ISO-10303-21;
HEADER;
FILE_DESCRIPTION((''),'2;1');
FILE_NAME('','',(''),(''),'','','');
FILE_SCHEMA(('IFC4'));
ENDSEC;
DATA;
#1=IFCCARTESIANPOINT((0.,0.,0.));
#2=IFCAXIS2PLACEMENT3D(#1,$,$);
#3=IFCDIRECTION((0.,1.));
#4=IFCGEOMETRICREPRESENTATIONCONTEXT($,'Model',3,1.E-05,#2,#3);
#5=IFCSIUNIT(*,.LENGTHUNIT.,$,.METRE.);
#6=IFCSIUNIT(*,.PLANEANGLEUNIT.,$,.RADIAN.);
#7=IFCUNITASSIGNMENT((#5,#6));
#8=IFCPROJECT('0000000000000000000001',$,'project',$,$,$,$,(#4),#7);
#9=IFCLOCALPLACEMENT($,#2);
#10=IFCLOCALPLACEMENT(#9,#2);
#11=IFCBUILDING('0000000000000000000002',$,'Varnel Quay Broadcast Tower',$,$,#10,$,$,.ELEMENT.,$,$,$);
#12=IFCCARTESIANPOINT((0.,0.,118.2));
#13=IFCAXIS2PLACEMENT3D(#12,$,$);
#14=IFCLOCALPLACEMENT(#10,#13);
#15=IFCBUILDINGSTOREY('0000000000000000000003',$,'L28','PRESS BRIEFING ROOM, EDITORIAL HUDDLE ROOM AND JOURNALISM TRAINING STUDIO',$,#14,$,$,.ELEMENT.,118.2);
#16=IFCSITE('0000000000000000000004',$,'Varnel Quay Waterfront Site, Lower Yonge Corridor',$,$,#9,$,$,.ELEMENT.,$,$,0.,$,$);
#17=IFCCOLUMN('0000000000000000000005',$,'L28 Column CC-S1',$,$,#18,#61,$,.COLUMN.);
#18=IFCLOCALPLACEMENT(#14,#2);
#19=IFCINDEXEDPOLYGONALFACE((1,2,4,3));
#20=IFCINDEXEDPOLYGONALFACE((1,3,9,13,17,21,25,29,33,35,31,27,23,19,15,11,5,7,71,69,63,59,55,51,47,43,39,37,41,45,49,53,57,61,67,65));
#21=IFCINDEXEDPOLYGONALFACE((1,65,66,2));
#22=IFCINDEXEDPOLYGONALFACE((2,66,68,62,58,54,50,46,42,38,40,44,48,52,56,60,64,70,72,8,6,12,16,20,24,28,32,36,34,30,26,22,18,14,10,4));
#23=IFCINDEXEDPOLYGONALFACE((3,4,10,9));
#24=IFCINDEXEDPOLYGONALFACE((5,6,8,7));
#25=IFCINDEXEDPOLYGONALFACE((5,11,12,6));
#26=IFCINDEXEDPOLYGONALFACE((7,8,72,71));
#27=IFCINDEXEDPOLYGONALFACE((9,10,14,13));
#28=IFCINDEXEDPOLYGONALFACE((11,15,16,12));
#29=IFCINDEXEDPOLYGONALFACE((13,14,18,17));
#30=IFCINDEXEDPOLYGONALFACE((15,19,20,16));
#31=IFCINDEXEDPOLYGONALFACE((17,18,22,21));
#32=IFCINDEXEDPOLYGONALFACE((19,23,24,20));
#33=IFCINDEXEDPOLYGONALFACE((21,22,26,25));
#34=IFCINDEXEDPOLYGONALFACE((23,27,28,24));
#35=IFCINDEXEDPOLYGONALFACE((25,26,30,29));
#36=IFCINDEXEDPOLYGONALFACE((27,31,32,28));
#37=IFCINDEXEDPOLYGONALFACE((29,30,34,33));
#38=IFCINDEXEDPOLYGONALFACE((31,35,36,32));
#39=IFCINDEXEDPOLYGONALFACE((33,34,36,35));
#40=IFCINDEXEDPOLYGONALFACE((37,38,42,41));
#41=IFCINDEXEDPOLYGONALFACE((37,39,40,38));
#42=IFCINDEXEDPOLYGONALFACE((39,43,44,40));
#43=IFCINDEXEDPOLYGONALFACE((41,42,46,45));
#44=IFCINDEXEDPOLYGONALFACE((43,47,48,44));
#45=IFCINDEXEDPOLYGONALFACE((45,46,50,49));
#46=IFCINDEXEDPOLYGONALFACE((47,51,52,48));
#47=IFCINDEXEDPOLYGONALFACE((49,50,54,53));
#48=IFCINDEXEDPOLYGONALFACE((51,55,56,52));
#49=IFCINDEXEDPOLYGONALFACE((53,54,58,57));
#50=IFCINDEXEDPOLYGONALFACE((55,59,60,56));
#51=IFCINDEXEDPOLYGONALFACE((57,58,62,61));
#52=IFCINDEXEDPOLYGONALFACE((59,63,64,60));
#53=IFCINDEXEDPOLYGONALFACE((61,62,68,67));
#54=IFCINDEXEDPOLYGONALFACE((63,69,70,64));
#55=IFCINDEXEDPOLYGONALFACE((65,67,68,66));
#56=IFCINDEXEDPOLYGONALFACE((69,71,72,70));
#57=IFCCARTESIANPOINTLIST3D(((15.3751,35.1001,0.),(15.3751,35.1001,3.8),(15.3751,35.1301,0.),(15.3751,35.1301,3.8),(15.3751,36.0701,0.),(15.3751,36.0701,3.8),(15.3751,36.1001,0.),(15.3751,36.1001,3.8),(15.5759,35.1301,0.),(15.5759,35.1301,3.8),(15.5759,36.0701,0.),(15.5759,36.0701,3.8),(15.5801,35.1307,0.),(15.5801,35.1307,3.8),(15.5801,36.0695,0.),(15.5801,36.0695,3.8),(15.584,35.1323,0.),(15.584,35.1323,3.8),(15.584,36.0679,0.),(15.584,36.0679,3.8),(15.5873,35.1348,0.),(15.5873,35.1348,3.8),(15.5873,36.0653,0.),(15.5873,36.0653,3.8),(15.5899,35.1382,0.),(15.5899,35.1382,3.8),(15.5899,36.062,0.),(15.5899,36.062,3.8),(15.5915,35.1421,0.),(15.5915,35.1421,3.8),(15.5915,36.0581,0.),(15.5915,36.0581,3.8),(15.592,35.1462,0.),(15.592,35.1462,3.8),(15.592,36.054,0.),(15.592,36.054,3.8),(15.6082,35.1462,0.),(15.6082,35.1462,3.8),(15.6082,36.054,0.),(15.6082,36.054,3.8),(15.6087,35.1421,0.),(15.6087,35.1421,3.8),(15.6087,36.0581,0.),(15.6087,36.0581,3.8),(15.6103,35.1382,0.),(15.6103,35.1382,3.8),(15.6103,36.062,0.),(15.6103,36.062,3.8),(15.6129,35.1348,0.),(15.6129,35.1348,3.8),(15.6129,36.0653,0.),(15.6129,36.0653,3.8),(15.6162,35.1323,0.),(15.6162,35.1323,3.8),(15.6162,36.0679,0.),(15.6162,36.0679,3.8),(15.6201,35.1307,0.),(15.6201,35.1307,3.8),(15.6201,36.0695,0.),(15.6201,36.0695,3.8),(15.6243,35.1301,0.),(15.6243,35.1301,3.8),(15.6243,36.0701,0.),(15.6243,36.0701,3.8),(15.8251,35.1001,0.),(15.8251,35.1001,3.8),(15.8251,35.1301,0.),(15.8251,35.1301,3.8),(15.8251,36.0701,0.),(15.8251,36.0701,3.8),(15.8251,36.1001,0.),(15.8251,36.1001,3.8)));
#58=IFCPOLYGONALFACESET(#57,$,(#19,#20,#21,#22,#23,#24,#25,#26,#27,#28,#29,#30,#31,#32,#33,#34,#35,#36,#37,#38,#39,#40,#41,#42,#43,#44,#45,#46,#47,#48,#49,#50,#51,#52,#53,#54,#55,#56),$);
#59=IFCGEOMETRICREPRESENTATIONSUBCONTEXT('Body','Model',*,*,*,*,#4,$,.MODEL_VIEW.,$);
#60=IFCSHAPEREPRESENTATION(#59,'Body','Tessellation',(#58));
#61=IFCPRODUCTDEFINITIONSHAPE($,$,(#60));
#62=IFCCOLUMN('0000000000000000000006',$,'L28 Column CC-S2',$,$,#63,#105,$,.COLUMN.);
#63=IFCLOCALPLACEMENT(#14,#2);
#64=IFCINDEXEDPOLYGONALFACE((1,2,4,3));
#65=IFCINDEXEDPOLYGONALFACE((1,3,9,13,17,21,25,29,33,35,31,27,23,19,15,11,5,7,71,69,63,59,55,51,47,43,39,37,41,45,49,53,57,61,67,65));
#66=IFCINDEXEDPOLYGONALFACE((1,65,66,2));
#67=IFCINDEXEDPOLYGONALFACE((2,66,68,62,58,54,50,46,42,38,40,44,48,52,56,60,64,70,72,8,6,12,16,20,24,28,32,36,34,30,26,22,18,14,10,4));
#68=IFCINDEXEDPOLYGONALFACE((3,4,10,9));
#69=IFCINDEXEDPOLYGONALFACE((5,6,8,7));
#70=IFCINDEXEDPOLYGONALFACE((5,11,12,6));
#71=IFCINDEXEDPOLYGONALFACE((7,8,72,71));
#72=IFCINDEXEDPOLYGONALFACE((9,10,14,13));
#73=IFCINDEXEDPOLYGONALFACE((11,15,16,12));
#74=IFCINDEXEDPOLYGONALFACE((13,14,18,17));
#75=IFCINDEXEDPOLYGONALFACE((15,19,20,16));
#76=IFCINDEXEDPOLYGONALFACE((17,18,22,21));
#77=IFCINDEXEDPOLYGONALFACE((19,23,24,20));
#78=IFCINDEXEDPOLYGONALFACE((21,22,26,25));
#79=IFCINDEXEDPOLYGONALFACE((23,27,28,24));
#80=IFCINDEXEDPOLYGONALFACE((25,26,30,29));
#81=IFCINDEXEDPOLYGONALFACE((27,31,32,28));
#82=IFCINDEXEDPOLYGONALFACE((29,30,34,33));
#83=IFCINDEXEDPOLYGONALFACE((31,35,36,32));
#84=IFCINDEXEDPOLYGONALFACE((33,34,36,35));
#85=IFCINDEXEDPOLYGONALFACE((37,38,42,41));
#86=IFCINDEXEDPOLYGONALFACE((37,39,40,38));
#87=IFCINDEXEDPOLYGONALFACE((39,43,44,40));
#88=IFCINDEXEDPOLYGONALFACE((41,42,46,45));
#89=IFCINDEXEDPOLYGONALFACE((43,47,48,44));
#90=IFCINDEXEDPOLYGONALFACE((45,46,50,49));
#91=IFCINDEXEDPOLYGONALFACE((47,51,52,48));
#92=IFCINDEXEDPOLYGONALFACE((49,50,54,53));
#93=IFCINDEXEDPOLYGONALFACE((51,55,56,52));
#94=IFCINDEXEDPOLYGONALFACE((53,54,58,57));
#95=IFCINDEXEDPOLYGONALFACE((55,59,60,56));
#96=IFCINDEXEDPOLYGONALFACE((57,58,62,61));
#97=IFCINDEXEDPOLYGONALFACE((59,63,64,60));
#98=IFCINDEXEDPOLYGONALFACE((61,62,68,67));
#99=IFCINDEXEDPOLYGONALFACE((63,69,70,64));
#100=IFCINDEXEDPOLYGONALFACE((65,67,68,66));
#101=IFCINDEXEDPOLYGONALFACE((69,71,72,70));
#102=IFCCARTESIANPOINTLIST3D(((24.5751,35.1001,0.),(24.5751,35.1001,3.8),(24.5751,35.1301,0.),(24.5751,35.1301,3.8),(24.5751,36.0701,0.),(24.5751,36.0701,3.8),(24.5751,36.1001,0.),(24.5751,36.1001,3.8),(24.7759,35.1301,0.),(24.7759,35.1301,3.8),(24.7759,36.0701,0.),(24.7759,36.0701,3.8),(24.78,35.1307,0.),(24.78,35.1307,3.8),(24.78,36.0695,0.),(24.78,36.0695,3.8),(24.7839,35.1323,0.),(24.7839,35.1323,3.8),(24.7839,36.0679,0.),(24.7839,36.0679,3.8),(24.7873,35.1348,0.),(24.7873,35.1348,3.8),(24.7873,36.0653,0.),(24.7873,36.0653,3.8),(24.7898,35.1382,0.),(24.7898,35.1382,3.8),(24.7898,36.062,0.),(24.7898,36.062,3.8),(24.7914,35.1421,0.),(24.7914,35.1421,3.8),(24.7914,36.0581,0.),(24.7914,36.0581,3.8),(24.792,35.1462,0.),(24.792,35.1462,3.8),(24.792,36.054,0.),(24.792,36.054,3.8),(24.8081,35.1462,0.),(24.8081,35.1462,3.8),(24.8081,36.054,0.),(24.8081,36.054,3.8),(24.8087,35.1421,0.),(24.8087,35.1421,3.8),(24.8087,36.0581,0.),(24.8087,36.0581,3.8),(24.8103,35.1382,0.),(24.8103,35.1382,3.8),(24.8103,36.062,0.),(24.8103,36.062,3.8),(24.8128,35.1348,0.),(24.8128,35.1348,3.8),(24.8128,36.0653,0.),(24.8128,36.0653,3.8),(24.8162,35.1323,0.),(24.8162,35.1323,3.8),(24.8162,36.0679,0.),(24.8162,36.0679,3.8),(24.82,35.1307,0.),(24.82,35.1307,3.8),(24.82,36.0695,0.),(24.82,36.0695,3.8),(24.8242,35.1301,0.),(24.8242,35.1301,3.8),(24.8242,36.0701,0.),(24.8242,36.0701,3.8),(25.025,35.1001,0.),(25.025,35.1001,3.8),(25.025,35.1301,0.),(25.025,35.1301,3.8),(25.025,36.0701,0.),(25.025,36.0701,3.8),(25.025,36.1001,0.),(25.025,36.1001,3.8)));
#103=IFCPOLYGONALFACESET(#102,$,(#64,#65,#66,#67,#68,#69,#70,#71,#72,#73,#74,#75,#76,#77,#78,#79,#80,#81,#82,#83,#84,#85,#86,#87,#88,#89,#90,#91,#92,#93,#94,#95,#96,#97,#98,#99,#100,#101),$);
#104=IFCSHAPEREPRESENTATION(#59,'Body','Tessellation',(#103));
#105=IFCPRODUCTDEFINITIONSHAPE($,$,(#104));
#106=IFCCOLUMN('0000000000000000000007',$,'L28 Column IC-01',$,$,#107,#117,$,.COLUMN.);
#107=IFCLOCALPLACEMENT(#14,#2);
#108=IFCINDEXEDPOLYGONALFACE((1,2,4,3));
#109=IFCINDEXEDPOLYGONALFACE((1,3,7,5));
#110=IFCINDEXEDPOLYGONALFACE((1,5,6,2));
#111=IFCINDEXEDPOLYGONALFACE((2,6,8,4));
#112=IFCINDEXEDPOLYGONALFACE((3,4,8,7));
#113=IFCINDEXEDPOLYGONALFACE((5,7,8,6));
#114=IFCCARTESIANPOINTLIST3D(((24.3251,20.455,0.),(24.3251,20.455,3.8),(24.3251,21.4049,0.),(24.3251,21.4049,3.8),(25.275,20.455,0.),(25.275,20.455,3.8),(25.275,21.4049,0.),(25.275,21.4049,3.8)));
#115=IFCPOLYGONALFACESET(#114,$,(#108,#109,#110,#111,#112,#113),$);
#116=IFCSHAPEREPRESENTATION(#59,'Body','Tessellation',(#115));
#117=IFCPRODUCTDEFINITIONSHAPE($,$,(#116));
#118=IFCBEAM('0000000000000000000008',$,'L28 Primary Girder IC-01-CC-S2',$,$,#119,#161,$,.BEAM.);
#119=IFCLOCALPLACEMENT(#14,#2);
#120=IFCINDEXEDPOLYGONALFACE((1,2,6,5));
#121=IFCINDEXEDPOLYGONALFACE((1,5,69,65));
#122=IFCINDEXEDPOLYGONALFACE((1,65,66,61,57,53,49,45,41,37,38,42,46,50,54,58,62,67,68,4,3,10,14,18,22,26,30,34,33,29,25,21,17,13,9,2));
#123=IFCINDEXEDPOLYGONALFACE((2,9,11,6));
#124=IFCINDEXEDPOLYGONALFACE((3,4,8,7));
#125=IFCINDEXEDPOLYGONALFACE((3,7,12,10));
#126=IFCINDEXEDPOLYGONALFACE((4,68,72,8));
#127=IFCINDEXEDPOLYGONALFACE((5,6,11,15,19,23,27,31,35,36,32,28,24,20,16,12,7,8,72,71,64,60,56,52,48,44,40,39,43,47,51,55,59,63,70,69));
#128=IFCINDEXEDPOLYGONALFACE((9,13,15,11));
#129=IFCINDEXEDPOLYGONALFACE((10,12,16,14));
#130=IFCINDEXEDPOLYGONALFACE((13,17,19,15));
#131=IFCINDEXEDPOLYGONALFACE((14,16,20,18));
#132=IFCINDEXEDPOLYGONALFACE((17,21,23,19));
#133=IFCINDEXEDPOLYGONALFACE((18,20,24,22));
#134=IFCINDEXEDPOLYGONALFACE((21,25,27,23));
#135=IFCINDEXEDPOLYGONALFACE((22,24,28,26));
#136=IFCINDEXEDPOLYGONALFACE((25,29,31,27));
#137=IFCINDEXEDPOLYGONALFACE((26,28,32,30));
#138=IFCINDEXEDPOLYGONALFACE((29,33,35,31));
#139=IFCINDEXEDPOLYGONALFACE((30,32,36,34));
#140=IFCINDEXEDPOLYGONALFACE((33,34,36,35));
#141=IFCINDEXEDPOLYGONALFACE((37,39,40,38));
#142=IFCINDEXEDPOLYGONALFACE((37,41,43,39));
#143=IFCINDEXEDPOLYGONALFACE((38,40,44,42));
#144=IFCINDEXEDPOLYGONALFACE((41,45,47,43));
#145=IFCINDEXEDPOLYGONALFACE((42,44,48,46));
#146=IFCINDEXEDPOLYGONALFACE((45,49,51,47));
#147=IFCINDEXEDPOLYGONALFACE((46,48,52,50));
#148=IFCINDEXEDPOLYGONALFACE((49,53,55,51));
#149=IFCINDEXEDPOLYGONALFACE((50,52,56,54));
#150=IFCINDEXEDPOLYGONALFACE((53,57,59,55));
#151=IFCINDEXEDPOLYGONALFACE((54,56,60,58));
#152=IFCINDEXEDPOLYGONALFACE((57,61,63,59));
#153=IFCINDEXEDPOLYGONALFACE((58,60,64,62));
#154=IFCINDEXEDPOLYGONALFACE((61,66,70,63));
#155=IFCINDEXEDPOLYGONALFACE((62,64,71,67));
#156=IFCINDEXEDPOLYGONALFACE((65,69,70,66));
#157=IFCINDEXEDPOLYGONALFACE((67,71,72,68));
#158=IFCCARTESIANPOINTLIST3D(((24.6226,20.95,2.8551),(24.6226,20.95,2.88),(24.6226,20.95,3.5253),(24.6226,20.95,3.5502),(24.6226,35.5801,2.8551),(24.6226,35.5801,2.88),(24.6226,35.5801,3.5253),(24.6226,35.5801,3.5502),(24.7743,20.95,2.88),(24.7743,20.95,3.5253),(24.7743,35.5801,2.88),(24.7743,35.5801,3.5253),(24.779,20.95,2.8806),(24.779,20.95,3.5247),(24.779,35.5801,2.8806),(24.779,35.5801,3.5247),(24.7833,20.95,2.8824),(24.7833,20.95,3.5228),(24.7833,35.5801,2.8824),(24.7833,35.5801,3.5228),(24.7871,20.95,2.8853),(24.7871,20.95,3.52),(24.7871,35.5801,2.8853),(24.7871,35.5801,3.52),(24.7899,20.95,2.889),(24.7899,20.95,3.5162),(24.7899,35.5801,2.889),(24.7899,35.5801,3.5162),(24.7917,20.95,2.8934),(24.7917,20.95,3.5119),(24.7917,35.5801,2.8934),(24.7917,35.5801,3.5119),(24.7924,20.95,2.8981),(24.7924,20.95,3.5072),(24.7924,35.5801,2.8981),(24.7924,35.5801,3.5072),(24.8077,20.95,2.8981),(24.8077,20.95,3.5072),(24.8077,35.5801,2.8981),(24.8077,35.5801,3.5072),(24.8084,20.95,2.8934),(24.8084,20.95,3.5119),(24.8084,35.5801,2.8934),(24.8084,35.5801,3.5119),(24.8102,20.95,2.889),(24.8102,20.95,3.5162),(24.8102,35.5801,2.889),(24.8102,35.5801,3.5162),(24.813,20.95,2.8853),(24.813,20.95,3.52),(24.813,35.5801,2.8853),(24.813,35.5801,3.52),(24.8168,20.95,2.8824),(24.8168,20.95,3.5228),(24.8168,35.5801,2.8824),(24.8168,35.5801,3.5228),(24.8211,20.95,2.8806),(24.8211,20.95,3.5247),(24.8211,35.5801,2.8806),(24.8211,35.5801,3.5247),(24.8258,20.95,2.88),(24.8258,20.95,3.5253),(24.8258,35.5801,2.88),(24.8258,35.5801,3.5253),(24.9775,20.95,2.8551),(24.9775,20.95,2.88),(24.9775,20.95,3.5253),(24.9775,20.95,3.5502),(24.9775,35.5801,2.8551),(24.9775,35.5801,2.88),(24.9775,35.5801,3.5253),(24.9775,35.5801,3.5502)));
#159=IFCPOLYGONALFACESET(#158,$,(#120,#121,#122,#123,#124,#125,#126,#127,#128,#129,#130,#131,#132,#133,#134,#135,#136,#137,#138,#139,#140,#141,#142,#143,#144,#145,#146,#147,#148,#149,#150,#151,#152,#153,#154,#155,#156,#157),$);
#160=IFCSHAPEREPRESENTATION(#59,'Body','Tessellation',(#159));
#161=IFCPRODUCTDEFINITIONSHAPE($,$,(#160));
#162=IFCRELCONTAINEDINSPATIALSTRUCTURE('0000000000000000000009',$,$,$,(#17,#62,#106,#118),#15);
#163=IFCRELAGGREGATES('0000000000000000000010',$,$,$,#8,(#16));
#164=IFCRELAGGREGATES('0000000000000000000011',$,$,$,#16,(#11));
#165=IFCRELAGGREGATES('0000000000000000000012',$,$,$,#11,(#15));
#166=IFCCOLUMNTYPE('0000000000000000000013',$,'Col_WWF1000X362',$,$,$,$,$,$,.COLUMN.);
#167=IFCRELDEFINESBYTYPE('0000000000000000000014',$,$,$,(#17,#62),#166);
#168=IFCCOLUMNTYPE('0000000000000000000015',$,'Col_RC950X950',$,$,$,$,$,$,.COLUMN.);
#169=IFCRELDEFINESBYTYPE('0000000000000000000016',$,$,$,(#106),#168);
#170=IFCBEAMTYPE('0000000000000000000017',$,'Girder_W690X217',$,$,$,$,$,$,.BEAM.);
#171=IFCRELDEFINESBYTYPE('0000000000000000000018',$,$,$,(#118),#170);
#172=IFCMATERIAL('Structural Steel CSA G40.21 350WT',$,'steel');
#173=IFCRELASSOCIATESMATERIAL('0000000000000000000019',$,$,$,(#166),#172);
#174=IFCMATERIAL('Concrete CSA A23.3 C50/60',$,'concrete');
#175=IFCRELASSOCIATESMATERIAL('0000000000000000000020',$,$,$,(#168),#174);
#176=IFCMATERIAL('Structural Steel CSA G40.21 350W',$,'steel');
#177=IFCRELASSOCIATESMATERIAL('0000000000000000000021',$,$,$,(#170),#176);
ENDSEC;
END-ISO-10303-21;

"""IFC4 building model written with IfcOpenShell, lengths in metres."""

from ifc_helpers import new_model, si_unit, direction, frame, origin, origin_2d, place, context, subcontext, project, spatial, rectangle, i_section, extrude, source, transform, mapped, material, material_profile, profile_set, type_object, type_shapes, element, save


model = new_model("IFC4")

# Units and contexts
model_context = context("Model", 3, precision=1e-05, world=origin(), true_north=direction((0.0, 1.0)))
body_context = subcontext(model_context, "Body", "Model", "MODEL_VIEW")
ifc_project = project(units=[si_unit("LENGTHUNIT", "METRE"), si_unit("PLANEANGLEUNIT", "RADIAN")], contexts=[model_context])

# Site, building, storey
site_placement = place(None, origin())
site = spatial("IfcSite", under=ifc_project, at=site_placement, Name="Varnel Quay Waterfront Site, Lower Yonge Corridor", CompositionType="ELEMENT", RefElevation=0.0)
building_placement = place(site_placement, origin())
building = spatial("IfcBuilding", under=site, at=building_placement, Name="Varnel Quay Broadcast Tower", CompositionType="ELEMENT")
storey_placement = place(building_placement, frame((0.0, 0.0, 118.2)))
storey = spatial("IfcBuildingStorey", under=building, at=storey_placement, Name="L28", Description="PRESS BRIEFING ROOM, EDITORIAL HUDDLE ROOM AND JOURNALISM TRAINING STUDIO", CompositionType="ELEMENT", Elevation=118.2)

# Columns
ifc_material_1 = material(Name="Structural Steel CSA G40.21 350WT", Category="steel")
ifc_material_profile_1 = material_profile(ifc_material_1, i_section(OverallWidth=0.45, OverallDepth=1.0, WebThickness=0.0161, FlangeThickness=0.03, FilletRadius=0.0161, at=origin_2d()), Name="WWF1000X362")
ifc_profile_set_1 = profile_set([ifc_material_profile_1], Name="Structural Steel CSA G40.21 350WT")
column_type_1 = type_object("IfcColumnType", Name="Col_WWF1000X362", PredefinedType="COLUMN", material=ifc_profile_set_1)
shared_shape_1 = source(origin(), body_context, "Body", "SweptSolid", [
    extrude(i_section(OverallWidth=0.45, OverallDepth=1.0, WebThickness=0.0161, FlangeThickness=0.03, FilletRadius=0.0161, at=origin_2d()), origin(), (0.0, 0.0, 1.0), 3.8),
])
type_shapes(column_type_1, [shared_shape_1])
for number, where, z_axis, x_axis, name in (
    (1, (15.6001, 35.6001, 0.0), (0.0, 0.0, 1.0), (1.0, 0.0, 0.0), "L28 Column CC-S1"),
    (2, (24.8, 35.6001, 0.0), (0.0, 0.0, 1.0), (1.0, 0.0, 0.0), "L28 Column CC-S2"),
):
    element("IfcColumn", number, at=place(storey_placement, frame(where, z_axis=z_axis, x_axis=x_axis)), inside=storey, type_object=column_type_1, Name=name, PredefinedType="COLUMN", context=body_context, shape_type="MappedRepresentation", body=[
        mapped(shared_shape_1, transform((0.0, 0.0, 0.0), x_axis=(1.0, 0.0, 0.0), y_axis=(0.0, 1.0, 0.0), z_axis=(0.0, 0.0, 1.0), scale=1.0)),
    ])
ifc_material_2 = material(Name="Concrete CSA A23.3 C50/60", Category="concrete")
ifc_material_profile_2 = material_profile(ifc_material_2, rectangle(XDim=0.95, YDim=0.95, at=origin_2d()), Name="RC950X950")
ifc_profile_set_2 = profile_set([ifc_material_profile_2], Name="Concrete CSA A23.3 C50/60")
column_type_2 = type_object("IfcColumnType", Name="Col_RC950X950", PredefinedType="COLUMN", material=ifc_profile_set_2)
shared_shape_2 = source(origin(), body_context, "Body", "SweptSolid", [
    extrude(rectangle(XDim=0.95, YDim=0.95, at=origin_2d()), origin(), (0.0, 0.0, 1.0), 3.8),
])
type_shapes(column_type_2, [shared_shape_2])
column_placement = place(storey_placement, frame((24.8, 20.9299, 0.0), z_axis=(0.0, 0.0, 1.0), x_axis=(1.0, 0.0, 0.0)))
element("IfcColumn", 3, at=column_placement, inside=storey, type_object=column_type_2, Name="L28 Column IC-01", PredefinedType="COLUMN", context=body_context, shape_type="MappedRepresentation", body=[
    mapped(shared_shape_2, transform((0.0, 0.0, 0.0), x_axis=(1.0, 0.0, 0.0), y_axis=(0.0, 1.0, 0.0), z_axis=(0.0, 0.0, 1.0), scale=1.0)),
])

# Beam
ifc_material_3 = material(Name="Structural Steel CSA G40.21 350W", Category="steel")
ifc_material_profile_3 = material_profile(ifc_material_3, i_section(OverallWidth=0.355, OverallDepth=0.6951, WebThickness=0.0154, FlangeThickness=0.0249, FilletRadius=0.0181, at=origin_2d()), Name="W690X217")
ifc_profile_set_3 = profile_set([ifc_material_profile_3], Name="Structural Steel CSA G40.21 350W")
beam_type_1 = type_object("IfcBeamType", Name="Girder_W690X217", PredefinedType="BEAM", material=ifc_profile_set_3)
shared_shape_3 = source(origin(), body_context, "Body", "SweptSolid", [
    extrude(i_section(OverallWidth=0.355, OverallDepth=0.6951, WebThickness=0.0154, FlangeThickness=0.0249, FilletRadius=0.0181, at=origin_2d()), origin(), (0.0, 0.0, 1.0), 14.6301),
])
beam_1_placement = place(storey_placement, frame((24.8, 20.95, 3.2026), z_axis=(0.0, 1.0, 0.0), x_axis=(-1.0, 0.0, 0.0)))
element("IfcBeam", 4, at=beam_1_placement, inside=storey, type_object=beam_type_1, Name="L28 Primary Girder IC-01-CC-S2", PredefinedType="BEAM", context=body_context, shape_type="MappedRepresentation", body=[
    mapped(shared_shape_3, transform((0.0, 0.0, 0.0), x_axis=(1.0, 0.0, 0.0), y_axis=(0.0, 1.0, 0.0), z_axis=(0.0, 0.0, 1.0), scale=1.0)),
])

save(model, "model.ifc")
